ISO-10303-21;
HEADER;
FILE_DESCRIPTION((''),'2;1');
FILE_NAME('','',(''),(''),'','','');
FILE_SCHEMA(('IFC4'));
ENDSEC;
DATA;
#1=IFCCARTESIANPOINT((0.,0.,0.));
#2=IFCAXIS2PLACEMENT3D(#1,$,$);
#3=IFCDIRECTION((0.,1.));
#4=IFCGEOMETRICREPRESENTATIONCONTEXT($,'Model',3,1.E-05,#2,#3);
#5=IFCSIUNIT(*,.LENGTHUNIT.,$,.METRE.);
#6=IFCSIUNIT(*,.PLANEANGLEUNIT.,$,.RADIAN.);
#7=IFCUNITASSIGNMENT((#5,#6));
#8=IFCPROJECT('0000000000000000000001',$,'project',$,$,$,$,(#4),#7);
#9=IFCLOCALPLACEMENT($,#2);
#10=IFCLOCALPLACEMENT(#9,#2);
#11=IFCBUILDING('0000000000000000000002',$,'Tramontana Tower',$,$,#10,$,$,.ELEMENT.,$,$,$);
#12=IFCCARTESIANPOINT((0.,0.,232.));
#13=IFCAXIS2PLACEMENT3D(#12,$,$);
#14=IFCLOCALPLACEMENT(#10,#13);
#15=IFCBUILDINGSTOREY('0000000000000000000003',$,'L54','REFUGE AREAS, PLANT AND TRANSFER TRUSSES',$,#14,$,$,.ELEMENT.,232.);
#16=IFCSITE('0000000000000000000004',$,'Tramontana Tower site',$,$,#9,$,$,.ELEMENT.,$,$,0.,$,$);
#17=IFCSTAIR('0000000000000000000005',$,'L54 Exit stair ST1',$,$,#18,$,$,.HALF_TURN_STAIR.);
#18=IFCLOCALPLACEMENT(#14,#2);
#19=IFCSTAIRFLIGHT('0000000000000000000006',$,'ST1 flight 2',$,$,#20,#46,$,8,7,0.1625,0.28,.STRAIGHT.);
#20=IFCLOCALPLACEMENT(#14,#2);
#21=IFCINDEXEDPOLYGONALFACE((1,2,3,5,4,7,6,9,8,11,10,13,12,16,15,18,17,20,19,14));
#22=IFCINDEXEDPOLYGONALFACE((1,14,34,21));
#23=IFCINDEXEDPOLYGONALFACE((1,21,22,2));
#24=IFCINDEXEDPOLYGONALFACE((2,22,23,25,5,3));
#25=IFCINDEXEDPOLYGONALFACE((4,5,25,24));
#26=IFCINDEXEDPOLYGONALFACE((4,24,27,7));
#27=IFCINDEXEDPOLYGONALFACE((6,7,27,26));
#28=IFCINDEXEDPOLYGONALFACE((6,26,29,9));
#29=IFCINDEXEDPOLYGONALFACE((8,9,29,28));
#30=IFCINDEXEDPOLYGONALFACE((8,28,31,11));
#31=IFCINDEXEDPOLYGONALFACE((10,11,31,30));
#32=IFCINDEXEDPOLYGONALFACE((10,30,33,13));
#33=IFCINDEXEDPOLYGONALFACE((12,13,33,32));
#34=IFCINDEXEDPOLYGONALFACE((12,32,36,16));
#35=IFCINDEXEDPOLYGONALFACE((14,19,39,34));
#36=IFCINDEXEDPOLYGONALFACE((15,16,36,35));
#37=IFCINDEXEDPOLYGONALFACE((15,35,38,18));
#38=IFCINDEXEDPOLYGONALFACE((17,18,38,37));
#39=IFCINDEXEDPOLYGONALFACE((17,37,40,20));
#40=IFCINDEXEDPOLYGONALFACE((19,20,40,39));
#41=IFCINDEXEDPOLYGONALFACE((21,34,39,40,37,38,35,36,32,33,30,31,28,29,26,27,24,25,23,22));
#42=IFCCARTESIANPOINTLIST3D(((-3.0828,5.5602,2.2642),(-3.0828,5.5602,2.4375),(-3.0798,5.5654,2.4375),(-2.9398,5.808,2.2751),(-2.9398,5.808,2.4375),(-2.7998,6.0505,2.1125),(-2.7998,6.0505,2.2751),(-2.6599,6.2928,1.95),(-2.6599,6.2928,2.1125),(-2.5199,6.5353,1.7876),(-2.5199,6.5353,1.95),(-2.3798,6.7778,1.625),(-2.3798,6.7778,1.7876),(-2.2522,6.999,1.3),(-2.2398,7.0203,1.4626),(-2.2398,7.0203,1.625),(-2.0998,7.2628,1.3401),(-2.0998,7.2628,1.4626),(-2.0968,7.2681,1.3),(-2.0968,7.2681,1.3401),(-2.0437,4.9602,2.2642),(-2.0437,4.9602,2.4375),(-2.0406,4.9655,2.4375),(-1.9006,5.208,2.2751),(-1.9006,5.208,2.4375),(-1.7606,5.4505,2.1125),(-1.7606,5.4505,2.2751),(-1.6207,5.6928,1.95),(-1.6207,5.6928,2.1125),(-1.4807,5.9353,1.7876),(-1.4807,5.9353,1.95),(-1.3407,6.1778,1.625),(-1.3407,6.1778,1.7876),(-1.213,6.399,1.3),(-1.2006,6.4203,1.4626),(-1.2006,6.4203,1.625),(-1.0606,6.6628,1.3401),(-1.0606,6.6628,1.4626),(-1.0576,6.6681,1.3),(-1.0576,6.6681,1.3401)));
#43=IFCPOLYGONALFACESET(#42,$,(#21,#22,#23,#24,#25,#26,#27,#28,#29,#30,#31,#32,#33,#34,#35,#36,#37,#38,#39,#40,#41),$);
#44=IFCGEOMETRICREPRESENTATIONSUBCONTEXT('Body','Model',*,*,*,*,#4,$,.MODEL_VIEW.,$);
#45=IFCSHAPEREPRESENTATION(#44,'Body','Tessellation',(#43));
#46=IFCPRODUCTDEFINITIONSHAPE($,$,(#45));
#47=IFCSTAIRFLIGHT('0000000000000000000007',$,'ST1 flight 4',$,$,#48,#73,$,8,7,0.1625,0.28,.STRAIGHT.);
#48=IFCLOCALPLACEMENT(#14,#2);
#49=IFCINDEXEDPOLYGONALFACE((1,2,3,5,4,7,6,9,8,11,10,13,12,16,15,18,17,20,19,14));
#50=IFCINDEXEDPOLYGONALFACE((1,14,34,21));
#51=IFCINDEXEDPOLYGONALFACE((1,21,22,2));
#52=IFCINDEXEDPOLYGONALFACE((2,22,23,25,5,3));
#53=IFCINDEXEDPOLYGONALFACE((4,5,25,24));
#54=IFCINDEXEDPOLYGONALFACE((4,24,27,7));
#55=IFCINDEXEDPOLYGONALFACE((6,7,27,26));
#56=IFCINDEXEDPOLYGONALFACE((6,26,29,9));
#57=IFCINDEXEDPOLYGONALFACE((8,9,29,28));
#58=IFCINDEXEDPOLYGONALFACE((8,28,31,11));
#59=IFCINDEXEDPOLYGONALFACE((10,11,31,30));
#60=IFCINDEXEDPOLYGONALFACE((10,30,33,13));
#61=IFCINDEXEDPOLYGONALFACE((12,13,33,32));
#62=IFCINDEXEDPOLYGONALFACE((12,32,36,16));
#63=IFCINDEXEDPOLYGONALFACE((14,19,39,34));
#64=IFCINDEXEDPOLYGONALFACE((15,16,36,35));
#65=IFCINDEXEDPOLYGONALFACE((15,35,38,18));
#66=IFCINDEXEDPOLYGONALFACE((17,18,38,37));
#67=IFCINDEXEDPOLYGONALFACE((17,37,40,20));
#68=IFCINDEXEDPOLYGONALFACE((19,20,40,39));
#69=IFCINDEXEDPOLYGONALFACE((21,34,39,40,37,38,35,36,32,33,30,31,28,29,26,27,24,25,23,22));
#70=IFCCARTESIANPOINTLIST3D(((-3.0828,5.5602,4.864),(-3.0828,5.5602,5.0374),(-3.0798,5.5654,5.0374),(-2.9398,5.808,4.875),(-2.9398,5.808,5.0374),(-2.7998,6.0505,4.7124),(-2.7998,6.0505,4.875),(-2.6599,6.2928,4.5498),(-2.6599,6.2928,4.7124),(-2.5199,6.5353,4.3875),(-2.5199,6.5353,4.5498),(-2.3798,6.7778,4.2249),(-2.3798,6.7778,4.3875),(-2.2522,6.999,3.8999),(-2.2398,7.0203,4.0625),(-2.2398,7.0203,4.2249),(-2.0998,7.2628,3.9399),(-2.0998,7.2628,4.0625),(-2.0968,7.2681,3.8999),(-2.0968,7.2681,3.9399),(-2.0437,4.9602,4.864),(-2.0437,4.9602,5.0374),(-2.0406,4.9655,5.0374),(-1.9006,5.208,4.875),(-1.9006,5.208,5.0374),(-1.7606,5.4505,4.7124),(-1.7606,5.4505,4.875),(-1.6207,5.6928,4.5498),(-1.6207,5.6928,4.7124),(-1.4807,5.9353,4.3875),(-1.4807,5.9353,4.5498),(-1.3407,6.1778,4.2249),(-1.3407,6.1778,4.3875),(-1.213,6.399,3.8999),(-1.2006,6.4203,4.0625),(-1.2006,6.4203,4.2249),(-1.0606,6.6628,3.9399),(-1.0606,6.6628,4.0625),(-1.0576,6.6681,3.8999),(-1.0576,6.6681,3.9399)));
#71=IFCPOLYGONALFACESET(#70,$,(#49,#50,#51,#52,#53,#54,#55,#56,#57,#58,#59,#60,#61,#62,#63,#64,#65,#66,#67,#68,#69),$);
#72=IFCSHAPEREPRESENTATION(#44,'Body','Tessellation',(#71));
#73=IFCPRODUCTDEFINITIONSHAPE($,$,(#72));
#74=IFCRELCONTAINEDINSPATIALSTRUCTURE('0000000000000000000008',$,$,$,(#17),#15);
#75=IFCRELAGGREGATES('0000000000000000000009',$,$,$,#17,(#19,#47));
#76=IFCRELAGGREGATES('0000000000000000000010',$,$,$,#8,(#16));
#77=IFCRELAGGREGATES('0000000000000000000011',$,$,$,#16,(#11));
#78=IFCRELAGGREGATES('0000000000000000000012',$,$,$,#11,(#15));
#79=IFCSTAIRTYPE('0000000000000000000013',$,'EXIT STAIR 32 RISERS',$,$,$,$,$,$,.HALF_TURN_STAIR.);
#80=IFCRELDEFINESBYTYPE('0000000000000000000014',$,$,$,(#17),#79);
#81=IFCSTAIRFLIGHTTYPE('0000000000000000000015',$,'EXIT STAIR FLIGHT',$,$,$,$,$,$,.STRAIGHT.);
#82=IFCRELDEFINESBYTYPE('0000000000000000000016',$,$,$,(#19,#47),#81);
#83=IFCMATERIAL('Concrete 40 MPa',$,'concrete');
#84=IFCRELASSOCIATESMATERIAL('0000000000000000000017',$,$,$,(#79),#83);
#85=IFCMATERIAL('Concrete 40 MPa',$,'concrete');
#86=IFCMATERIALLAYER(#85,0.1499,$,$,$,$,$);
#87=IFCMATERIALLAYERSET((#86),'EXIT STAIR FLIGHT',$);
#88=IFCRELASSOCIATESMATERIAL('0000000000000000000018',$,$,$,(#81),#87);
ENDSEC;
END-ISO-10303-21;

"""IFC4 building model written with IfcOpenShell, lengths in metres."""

from ifc_helpers import new_model, si_unit, direction, frame, origin, place, context, subcontext, project, spatial, polyline, outline, extrude, material, layer, layer_set, type_object, element, aggregate, save


model = new_model("IFC4")

# Units and contexts
model_context = context("Model", 3, precision=1e-05, world=origin(), true_north=direction((0.0, 1.0)))
body_context = subcontext(model_context, "Body", "Model", "MODEL_VIEW")
ifc_project = project(units=[si_unit("LENGTHUNIT", "METRE"), si_unit("PLANEANGLEUNIT", "RADIAN")], contexts=[model_context])

# Site, building, storey
site_placement = place(None, origin())
site = spatial("IfcSite", under=ifc_project, at=site_placement, Name="Tramontana Tower site", CompositionType="ELEMENT", RefElevation=0.0)
building_placement = place(site_placement, origin())
building = spatial("IfcBuilding", under=site, at=building_placement, Name="Tramontana Tower", CompositionType="ELEMENT")
storey_placement = place(building_placement, frame((0.0, 0.0, 232.0)))
storey = spatial("IfcBuildingStorey", under=building, at=storey_placement, Name="L54", Description="REFUGE AREAS, PLANT AND TRANSFER TRUSSES", CompositionType="ELEMENT", Elevation=232.0)

# Stair, stair flights
ifc_material_1 = material(Name="Concrete 40 MPa", Category="concrete")
stair_type = type_object("IfcStairType", Name="EXIT STAIR 32 RISERS", PredefinedType="HALF_TURN_STAIR", material=ifc_material_1)
stair_placement = place(storey_placement, origin())
stair = element("IfcStair", 1, at=stair_placement, inside=storey, type_object=stair_type, Name="L54 Exit stair ST1", PredefinedType="HALF_TURN_STAIR")
ifc_material_2 = material(Name="Concrete 40 MPa", Category="concrete")
ifc_layer_1 = layer(ifc_material_2, 0.1499)
ifc_layer_set_1 = layer_set([ifc_layer_1], Name="EXIT STAIR FLIGHT")
stair_flight_type = type_object("IfcStairFlightType", Name="EXIT STAIR FLIGHT", PredefinedType="STRAIGHT", material=ifc_layer_set_1)
stair_flight_1_placement = place(storey_placement, frame((-1.5803, 6.9629, 1.3), z_axis=(0.0, 0.0, 1.0), x_axis=(-0.5, -0.866025, 0.0)))
stair_flight_1 = element("IfcStairFlight", 2, at=stair_flight_1_placement, type_object=stair_flight_type, Name="ST1 flight 2", NumberOfRisers=8, NumberOfTreads=7, PredefinedType="STRAIGHT", RiserHeight=0.1625, TreadLength=0.28, context=body_context, shape_type="SweptSolid", body=[
    extrude(outline(polyline([(-0.0061, 0.0), (-0.0061, 0.04), (0.0, 0.04), (0.0, 0.1626), (0.28, 0.1626), (0.28, 0.325), (0.5601, 0.325), (0.5601, 0.4875), (0.8401, 0.4875), (0.8401, 0.6499), (1.1201, 0.6499), (1.1201, 0.8125), (1.3999, 0.8125), (1.3999, 0.9751), (1.6799, 0.9751), (1.6799, 1.1375), (1.96, 1.1375), (1.9661, 1.1375), (1.9661, 0.9641), (0.3047, 0.0), (-0.0061, 0.0)])), frame((0.0, 0.6001, 0.0), z_axis=(0.0, -1.0, 0.0), x_axis=(1.0, 0.0, 0.0)), (0.0, 0.0, 1.0), 1.2),
])
stair_flight_2_placement = place(storey_placement, frame((-1.5803, 6.9629, 3.8999), z_axis=(0.0, 0.0, 1.0), x_axis=(-0.5, -0.866025, 0.0)))
stair_flight_2 = element("IfcStairFlight", 3, at=stair_flight_2_placement, type_object=stair_flight_type, Name="ST1 flight 4", NumberOfRisers=8, NumberOfTreads=7, PredefinedType="STRAIGHT", RiserHeight=0.1625, TreadLength=0.28, context=body_context, shape_type="SweptSolid", body=[
    extrude(outline(polyline([(-0.0061, 0.0), (-0.0061, 0.04), (0.0, 0.04), (0.0, 0.1626), (0.28, 0.1626), (0.28, 0.325), (0.5601, 0.325), (0.5601, 0.4875), (0.8401, 0.4875), (0.8401, 0.6499), (1.1201, 0.6499), (1.1201, 0.8125), (1.3999, 0.8125), (1.3999, 0.9751), (1.6799, 0.9751), (1.6799, 1.1375), (1.96, 1.1375), (1.9661, 1.1375), (1.9661, 0.9641), (0.3047, 0.0), (-0.0061, 0.0)])), frame((0.0, 0.6001, 0.0), z_axis=(0.0, -1.0, 0.0), x_axis=(1.0, 0.0, 0.0)), (0.0, 0.0, 1.0), 1.2),
])
aggregate(stair, [stair_flight_1, stair_flight_2])

save(model, "model.ifc")
